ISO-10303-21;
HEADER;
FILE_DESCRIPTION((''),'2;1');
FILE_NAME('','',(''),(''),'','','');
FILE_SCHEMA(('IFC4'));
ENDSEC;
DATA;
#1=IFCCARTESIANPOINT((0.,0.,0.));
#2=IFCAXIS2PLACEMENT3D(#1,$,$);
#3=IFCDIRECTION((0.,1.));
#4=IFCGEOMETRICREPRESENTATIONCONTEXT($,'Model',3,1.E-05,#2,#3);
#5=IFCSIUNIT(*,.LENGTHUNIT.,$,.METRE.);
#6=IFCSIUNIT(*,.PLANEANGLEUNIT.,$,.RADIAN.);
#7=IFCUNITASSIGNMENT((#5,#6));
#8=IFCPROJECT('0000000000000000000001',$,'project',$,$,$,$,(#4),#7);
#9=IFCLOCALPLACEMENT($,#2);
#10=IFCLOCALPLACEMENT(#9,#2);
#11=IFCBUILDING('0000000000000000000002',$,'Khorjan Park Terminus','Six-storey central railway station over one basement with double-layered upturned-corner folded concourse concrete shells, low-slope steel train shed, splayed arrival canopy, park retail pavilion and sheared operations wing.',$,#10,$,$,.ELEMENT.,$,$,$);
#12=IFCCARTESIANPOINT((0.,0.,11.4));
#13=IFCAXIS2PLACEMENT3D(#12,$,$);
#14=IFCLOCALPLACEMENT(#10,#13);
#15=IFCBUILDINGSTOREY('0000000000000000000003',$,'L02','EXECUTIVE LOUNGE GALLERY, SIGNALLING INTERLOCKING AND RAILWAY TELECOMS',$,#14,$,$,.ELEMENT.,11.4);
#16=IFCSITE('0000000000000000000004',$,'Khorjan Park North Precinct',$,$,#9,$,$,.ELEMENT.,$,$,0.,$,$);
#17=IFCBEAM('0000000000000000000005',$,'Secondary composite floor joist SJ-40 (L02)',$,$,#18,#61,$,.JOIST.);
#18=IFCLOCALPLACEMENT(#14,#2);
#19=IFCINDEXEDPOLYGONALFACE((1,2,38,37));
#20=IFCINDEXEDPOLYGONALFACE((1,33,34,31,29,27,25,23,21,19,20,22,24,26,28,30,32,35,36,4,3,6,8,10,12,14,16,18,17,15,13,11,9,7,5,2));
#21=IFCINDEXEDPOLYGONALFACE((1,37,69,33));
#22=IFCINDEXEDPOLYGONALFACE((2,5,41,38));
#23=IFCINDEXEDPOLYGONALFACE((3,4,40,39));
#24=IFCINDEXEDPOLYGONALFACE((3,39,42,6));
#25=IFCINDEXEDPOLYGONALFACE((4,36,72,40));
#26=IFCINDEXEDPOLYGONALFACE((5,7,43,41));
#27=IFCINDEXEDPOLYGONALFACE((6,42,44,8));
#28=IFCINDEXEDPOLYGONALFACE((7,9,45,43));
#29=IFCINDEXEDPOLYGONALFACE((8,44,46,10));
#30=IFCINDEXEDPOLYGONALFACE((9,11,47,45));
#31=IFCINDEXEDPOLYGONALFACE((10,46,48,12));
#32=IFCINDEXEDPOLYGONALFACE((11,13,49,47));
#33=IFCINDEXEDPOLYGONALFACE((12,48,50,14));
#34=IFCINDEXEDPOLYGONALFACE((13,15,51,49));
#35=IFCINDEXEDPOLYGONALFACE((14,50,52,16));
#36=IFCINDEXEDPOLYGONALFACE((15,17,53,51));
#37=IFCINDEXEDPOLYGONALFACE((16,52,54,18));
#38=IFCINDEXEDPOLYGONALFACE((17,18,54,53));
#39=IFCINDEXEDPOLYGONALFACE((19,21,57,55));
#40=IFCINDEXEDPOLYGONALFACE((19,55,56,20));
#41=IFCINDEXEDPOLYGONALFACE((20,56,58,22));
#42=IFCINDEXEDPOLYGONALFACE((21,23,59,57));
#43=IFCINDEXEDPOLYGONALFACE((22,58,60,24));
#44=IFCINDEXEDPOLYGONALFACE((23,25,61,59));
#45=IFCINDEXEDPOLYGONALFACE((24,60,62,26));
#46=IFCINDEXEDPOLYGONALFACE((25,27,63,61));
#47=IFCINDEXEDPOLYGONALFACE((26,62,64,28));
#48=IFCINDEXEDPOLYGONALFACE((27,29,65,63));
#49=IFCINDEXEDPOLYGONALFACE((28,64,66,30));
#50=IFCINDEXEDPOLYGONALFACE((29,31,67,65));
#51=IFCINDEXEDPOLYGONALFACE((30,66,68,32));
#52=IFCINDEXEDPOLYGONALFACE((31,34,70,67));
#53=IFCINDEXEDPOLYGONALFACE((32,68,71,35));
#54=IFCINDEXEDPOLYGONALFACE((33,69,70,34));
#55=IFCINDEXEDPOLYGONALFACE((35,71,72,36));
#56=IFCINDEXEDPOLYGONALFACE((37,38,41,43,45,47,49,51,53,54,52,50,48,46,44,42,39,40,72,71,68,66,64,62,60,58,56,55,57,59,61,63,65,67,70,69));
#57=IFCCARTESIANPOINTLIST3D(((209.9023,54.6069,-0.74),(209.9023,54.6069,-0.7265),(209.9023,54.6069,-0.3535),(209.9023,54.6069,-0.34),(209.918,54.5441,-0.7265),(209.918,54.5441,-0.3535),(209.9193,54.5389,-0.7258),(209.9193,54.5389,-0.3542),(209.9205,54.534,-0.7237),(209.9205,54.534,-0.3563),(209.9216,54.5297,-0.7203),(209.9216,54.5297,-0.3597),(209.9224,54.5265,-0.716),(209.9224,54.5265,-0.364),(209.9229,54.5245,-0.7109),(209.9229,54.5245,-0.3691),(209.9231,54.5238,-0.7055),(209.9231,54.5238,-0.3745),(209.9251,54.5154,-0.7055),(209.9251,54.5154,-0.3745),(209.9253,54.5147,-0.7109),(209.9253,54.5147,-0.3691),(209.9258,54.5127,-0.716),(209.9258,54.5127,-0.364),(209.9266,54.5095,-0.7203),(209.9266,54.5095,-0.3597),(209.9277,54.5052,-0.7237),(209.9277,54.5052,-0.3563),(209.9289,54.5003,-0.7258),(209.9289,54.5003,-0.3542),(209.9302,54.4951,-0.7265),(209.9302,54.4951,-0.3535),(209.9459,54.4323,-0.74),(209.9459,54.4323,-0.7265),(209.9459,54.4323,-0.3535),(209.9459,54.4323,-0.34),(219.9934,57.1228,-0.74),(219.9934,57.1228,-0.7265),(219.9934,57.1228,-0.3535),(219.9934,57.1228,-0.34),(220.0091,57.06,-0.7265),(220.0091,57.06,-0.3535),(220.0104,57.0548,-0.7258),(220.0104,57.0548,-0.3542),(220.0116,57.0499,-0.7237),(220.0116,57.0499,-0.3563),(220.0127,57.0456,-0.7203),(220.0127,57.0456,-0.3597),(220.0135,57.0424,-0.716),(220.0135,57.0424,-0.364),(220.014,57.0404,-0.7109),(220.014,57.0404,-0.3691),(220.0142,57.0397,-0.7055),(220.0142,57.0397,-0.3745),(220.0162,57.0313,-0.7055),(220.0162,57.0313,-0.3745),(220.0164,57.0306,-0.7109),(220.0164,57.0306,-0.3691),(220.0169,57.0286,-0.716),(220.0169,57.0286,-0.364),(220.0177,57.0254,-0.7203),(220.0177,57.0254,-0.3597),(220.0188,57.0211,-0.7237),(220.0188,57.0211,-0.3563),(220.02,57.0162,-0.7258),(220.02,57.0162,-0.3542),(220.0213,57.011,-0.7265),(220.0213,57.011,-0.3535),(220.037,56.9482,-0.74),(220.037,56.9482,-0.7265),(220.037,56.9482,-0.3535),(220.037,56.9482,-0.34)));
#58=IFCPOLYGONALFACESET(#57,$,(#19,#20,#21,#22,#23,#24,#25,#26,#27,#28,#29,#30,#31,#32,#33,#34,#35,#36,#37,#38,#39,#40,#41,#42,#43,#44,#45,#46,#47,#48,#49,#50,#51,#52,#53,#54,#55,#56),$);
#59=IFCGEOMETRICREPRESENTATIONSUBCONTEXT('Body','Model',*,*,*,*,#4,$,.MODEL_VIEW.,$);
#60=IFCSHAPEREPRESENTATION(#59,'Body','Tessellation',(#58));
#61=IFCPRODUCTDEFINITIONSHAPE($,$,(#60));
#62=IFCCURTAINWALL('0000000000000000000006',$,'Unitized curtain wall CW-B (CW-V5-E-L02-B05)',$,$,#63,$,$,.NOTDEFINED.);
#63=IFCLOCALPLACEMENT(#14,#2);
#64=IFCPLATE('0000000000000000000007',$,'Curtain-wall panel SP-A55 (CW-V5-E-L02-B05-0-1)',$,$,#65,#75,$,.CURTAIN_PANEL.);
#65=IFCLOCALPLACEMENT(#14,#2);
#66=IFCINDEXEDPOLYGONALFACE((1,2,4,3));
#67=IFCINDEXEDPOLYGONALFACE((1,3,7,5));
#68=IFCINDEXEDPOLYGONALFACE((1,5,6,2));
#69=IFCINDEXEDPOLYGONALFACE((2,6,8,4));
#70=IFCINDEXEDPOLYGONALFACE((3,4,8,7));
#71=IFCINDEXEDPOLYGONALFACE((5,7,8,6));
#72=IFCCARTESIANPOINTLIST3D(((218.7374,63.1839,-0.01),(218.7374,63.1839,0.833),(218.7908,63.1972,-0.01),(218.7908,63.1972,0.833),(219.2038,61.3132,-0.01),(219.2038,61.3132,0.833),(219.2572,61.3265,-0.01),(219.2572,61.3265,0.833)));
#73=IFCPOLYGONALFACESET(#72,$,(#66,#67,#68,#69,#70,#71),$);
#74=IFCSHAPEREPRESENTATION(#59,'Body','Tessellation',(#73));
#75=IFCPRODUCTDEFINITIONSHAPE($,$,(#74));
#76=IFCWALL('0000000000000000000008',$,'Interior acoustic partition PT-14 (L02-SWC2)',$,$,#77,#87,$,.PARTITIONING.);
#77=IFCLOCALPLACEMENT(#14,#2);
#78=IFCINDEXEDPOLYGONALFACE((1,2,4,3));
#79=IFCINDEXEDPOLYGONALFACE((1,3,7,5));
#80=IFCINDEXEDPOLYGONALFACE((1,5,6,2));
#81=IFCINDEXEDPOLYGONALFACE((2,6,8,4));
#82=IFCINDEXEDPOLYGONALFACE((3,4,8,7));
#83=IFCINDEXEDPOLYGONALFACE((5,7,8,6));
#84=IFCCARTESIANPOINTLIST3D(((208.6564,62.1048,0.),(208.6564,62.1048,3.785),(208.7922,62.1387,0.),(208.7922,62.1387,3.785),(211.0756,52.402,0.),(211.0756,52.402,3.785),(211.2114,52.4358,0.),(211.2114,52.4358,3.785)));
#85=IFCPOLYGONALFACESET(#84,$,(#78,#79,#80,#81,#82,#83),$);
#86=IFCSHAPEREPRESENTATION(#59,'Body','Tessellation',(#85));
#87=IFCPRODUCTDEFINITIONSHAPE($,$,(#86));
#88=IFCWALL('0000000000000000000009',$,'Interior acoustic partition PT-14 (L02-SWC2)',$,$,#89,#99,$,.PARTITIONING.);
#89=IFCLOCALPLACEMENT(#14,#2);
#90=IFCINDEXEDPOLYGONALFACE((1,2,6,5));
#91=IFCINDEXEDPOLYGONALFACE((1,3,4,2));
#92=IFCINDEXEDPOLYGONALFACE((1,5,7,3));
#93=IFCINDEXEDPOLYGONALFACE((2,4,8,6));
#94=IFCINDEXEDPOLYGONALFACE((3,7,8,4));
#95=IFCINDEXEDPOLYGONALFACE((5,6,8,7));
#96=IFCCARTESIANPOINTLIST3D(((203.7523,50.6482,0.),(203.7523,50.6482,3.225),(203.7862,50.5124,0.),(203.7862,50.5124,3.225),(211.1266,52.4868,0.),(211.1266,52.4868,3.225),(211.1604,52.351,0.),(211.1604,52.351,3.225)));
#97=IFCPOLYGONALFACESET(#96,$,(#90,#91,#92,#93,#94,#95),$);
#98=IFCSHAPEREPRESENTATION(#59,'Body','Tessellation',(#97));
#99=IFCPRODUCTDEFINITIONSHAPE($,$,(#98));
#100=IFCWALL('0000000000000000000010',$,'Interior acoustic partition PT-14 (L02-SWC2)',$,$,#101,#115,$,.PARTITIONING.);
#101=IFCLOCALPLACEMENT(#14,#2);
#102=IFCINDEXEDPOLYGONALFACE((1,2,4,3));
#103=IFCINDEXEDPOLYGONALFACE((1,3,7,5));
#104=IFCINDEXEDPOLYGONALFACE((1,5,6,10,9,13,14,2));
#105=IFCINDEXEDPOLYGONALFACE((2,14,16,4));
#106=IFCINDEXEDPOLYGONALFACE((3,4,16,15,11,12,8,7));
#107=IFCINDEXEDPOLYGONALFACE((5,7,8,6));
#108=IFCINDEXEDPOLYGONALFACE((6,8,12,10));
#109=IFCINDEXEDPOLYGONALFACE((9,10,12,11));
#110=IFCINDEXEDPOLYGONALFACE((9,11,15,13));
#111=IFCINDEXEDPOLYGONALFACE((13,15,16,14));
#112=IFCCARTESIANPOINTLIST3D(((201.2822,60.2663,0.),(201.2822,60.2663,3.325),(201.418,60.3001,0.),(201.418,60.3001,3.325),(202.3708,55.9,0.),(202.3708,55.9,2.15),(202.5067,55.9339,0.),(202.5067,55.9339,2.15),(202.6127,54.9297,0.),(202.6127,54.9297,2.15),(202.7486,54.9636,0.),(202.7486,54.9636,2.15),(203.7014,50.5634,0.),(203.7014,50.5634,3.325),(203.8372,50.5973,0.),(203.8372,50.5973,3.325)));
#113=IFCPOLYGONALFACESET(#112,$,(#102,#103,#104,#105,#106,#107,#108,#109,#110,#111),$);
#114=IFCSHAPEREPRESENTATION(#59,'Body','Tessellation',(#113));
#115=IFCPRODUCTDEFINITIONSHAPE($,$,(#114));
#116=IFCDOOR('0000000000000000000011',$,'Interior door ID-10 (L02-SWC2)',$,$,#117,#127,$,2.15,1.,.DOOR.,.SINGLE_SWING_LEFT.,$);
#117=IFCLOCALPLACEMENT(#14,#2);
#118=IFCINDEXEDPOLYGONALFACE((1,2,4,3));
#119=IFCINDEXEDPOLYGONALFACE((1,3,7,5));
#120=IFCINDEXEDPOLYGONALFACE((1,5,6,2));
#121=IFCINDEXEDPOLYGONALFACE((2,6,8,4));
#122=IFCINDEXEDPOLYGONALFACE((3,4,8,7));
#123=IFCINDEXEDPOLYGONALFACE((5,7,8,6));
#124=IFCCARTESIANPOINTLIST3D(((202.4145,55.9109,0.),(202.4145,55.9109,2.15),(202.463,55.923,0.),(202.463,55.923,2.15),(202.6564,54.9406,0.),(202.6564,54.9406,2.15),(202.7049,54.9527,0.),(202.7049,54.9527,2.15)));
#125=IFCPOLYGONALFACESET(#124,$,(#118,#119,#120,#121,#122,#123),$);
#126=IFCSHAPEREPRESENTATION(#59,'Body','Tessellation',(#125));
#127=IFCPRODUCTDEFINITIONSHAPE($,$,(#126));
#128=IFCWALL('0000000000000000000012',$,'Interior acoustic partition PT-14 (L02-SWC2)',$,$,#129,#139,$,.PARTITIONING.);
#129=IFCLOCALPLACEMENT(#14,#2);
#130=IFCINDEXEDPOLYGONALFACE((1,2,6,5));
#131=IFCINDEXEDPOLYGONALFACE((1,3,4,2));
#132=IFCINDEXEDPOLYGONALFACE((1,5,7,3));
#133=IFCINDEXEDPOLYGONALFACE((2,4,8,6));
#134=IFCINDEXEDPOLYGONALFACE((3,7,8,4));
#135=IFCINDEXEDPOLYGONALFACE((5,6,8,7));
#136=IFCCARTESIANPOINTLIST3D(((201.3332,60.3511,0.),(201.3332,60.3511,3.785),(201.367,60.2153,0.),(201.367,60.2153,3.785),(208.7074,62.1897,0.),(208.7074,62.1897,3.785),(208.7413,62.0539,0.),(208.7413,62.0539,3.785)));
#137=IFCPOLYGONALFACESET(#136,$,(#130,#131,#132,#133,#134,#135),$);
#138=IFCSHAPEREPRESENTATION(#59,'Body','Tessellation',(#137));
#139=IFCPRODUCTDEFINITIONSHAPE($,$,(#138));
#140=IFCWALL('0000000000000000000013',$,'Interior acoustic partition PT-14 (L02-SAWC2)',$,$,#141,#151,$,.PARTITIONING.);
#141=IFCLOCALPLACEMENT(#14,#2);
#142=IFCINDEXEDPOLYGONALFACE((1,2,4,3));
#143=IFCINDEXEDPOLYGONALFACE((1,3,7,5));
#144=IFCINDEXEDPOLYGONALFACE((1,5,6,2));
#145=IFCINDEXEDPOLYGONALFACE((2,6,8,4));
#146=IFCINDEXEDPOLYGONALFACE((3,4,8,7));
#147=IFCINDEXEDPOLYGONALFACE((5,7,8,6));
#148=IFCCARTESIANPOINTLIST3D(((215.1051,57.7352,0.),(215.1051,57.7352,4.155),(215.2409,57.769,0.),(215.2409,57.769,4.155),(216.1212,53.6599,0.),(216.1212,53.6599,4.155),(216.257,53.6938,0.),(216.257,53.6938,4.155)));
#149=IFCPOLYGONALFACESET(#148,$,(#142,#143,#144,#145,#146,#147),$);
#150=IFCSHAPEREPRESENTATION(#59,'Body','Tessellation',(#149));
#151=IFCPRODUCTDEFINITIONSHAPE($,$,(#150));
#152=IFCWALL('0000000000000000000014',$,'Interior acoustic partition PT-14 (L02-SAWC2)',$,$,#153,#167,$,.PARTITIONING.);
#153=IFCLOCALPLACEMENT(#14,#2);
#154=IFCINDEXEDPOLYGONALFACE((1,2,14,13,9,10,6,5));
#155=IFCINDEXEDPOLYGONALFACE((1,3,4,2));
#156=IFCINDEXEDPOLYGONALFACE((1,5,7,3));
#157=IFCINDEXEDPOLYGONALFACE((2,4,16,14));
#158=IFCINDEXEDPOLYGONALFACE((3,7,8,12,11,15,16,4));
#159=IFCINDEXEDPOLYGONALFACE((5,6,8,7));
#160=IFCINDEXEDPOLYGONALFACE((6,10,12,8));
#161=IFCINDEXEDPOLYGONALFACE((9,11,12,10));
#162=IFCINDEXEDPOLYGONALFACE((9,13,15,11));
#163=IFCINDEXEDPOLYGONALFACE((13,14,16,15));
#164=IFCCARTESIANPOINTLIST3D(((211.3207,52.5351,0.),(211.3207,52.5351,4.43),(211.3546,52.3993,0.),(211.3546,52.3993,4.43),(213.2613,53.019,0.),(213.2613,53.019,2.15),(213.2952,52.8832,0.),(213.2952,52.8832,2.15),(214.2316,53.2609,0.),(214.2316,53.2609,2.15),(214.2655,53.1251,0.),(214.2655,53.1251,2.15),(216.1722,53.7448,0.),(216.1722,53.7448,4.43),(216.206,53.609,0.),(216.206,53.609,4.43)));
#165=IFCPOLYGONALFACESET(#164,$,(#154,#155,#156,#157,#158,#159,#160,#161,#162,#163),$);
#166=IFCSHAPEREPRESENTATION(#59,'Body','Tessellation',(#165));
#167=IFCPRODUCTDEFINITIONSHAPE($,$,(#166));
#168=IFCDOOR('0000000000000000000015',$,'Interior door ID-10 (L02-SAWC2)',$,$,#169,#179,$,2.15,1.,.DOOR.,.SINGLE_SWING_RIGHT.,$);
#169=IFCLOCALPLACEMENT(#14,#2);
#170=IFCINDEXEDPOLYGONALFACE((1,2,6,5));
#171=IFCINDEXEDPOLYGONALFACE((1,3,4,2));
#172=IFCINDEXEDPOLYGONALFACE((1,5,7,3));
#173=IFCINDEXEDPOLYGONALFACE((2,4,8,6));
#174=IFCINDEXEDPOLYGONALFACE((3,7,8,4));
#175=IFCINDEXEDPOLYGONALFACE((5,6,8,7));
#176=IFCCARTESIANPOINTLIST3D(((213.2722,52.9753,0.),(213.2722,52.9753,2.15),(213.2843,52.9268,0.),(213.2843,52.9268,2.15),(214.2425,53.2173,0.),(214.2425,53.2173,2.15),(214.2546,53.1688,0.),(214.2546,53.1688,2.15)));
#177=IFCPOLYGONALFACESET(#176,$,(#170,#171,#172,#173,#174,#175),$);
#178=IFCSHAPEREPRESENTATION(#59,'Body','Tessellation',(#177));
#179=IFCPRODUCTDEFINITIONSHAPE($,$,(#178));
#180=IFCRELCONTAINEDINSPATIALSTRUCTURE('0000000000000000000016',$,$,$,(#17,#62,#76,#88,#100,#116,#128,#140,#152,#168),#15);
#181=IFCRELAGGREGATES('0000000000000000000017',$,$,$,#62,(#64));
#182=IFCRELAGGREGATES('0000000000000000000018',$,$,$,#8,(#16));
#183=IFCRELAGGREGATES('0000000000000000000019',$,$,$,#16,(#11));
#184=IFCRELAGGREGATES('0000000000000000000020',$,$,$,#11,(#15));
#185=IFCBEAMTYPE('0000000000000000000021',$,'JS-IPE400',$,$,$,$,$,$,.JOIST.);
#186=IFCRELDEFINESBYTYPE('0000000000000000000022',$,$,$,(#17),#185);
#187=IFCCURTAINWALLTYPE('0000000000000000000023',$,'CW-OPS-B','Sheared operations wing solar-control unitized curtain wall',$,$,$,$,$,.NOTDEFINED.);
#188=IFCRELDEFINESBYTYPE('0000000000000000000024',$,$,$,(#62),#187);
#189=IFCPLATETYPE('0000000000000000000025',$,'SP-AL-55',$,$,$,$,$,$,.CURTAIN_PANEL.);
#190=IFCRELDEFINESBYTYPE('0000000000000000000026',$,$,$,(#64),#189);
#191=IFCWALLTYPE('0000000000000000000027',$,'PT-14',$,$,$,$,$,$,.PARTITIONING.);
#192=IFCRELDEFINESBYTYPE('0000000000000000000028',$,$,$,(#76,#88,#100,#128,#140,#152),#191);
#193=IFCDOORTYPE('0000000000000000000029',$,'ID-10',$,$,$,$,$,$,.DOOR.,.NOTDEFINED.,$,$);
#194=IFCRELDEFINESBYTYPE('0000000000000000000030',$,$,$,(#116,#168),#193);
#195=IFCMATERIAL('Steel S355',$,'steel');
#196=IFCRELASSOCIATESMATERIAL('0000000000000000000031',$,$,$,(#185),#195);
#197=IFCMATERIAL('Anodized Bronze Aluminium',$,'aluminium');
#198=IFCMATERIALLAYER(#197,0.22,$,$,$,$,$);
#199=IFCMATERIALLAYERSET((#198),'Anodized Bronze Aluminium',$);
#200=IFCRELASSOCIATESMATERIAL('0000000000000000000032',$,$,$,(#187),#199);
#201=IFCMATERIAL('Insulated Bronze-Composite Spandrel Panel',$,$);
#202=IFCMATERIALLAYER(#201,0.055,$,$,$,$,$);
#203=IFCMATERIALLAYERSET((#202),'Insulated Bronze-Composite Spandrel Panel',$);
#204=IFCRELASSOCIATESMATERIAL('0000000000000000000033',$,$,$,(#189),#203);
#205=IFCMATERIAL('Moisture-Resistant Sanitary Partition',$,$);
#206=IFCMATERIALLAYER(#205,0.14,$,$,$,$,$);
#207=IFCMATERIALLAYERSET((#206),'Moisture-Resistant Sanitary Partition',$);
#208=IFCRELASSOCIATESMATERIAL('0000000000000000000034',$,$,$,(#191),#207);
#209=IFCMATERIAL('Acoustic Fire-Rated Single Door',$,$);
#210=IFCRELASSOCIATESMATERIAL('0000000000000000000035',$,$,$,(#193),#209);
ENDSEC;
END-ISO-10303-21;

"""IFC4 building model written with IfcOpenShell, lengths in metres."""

from ifc_helpers import new_model, si_unit, direction, frame, frame_2d, origin, origin_2d, place, context, subcontext, project, spatial, rectangle, i_section, extrude, material, layer, layer_set, material_profile, profile_set, type_object, element, fill, aggregate, save


model = new_model("IFC4")

# Units and contexts
model_context = context("Model", 3, precision=1e-05, world=origin(), true_north=direction((0.0, 1.0)))
body_context = subcontext(model_context, "Body", "Model", "MODEL_VIEW")
ifc_project = project(units=[si_unit("LENGTHUNIT", "METRE"), si_unit("PLANEANGLEUNIT", "RADIAN")], contexts=[model_context])

# Site, building, storey
site_placement = place(None, origin())
site = spatial("IfcSite", under=ifc_project, at=site_placement, Name="Khorjan Park North Precinct", CompositionType="ELEMENT", RefElevation=0.0)
building_placement = place(site_placement, origin())
building = spatial("IfcBuilding", under=site, at=building_placement, Name="Khorjan Park Terminus", Description="Six-storey central railway station over one basement with double-layered upturned-corner folded concourse concrete shells, low-slope steel train shed, splayed arrival canopy, park retail pavilion and sheared operations wing.", CompositionType="ELEMENT")
storey_placement = place(building_placement, frame((0.0, 0.0, 11.4)))
storey = spatial("IfcBuildingStorey", under=building, at=storey_placement, Name="L02", Description="EXECUTIVE LOUNGE GALLERY, SIGNALLING INTERLOCKING AND RAILWAY TELECOMS", CompositionType="ELEMENT", Elevation=11.4)

# Beam
ifc_material_1 = material(Name="Steel S355", Category="steel")
ifc_material_profile_1 = material_profile(ifc_material_1, i_section(OverallWidth=0.18, OverallDepth=0.4, WebThickness=0.0086, FlangeThickness=0.0135, FilletRadius=0.021, at=origin_2d()), Name="IPE 400")
ifc_profile_set_1 = profile_set([ifc_material_profile_1], Name="Steel S355")
beam_type_1 = type_object("IfcBeamType", Name="JS-IPE400", PredefinedType="JOIST", material=ifc_profile_set_1)
beam_1_placement = place(storey_placement, frame((209.9241, 54.5196, -0.54), z_axis=(0.970298, 0.241913, 0.0), x_axis=(-0.241913, 0.970298, 0.0)))
element("IfcBeam", 1, at=beam_1_placement, inside=storey, type_object=beam_type_1, Name="Secondary composite floor joist SJ-40 (L02)", PredefinedType="JOIST", context=body_context, shape_type="SweptSolid", body=[
    extrude(i_section(OverallWidth=0.18, OverallDepth=0.4, WebThickness=0.0086, FlangeThickness=0.0135, FilletRadius=0.021, at=origin_2d()), origin(), (0.0, 0.0, 1.0), 10.4),
])

# Curtain wall, plate
ifc_material_2 = material(Name="Anodized Bronze Aluminium", Category="aluminium")
ifc_layer_1 = layer(ifc_material_2, 0.22)
ifc_layer_set_1 = layer_set([ifc_layer_1], Name="Anodized Bronze Aluminium")
curtain_wall_type = type_object("IfcCurtainWallType", Name="CW-OPS-B", Description="Sheared operations wing solar-control unitized curtain wall", PredefinedType="NOTDEFINED", material=ifc_layer_set_1)
curtain_wall_placement = place(storey_placement, origin())
curtain_wall = element("IfcCurtainWall", 2, at=curtain_wall_placement, inside=storey, type_object=curtain_wall_type, Name="Unitized curtain wall CW-B (CW-V5-E-L02-B05)", PredefinedType="NOTDEFINED")
ifc_material_3 = material(Name="Insulated Bronze-Composite Spandrel Panel")
ifc_layer_2 = layer(ifc_material_3, 0.055)
ifc_layer_set_2 = layer_set([ifc_layer_2], Name="Insulated Bronze-Composite Spandrel Panel")
plate_type = type_object("IfcPlateType", Name="SP-AL-55", PredefinedType="CURTAIN_PANEL", material=ifc_layer_set_2)
plate_placement = place(storey_placement, frame((218.9973, 62.2552, -0.01), z_axis=(0.0, 0.0, 1.0), x_axis=(-0.241935, 0.970292, 0.0)))
plate = element("IfcPlate", 3, at=plate_placement, type_object=plate_type, Name="Curtain-wall panel SP-A55 (CW-V5-E-L02-B05-0-1)", PredefinedType="CURTAIN_PANEL", context=body_context, shape_type="SweptSolid", body=[
    extrude(rectangle(XDim=1.928, YDim=0.055, at=origin_2d()), origin(), (0.0, 0.0, 1.0), 0.843),
])
aggregate(curtain_wall, [plate])

# Walls
ifc_material_4 = material(Name="Moisture-Resistant Sanitary Partition")
ifc_layer_3 = layer(ifc_material_4, 0.14)
ifc_layer_set_3 = layer_set([ifc_layer_3], Name="Moisture-Resistant Sanitary Partition")
wall_type_1 = type_object("IfcWallType", Name="PT-14", PredefinedType="PARTITIONING", material=ifc_layer_set_3)
wall_1_placement = place(storey_placement, frame((208.7243, 62.1218, 0.0), z_axis=(0.0, 0.0, 1.0), x_axis=(0.241921, -0.970296, 0.0)))
element("IfcWall", 4, at=wall_1_placement, inside=storey, type_object=wall_type_1, Name="Interior acoustic partition PT-14 (L02-SWC2)", PredefinedType="PARTITIONING", context=body_context, shape_type="SweptSolid", body=[
    extrude(rectangle(XDim=9.9999, YDim=0.14, at=frame_2d((5.0, 0.0))), origin(), (0.0, 0.0, 1.0), 3.785),
])
wall_2_placement = place(storey_placement, frame((211.1435, 52.4189, 0.0), z_axis=(0.0, 0.0, 1.0), x_axis=(-0.970296, -0.241923, 0.0)))
element("IfcWall", 5, at=wall_2_placement, inside=storey, type_object=wall_type_1, Name="Interior acoustic partition PT-14 (L02-SWC2)", PredefinedType="PARTITIONING", context=body_context, shape_type="SweptSolid", body=[
    extrude(rectangle(XDim=7.6, YDim=0.14, at=frame_2d((3.8, 0.0))), origin(), (0.0, 0.0, 1.0), 3.225),
])

# Wall, opening, door
wall_3_placement = place(storey_placement, frame((203.7693, 50.5803, 0.0), z_axis=(0.0, 0.0, 1.0), x_axis=(-0.241921, 0.970296, 0.0)))
wall_3 = element("IfcWall", 6, at=wall_3_placement, inside=storey, type_object=wall_type_1, Name="Interior acoustic partition PT-14 (L02-SWC2)", PredefinedType="PARTITIONING", context=body_context, shape_type="SweptSolid", body=[
    extrude(rectangle(XDim=9.9999, YDim=0.14, at=frame_2d((5.0, 0.0))), origin(), (0.0, 0.0, 1.0), 3.325),
])
opening_1_placement = place(wall_3_placement, frame((4.5, 0.0, 0.0)))
opening_1 = element("IfcOpeningElement", 7, at=opening_1_placement, cuts=wall_3, PredefinedType="OPENING", context=body_context, shape_type="SweptSolid", body=[
    extrude(rectangle(XDim=1.0, YDim=2.15, at=frame_2d((0.5, 1.075))), frame((0.0, 0.08, 0.0), z_axis=(0.0, -1.0, 0.0), x_axis=(1.0, 0.0, 0.0)), (0.0, 0.0, 1.0), 0.16),
])
ifc_material_5 = material(Name="Acoustic Fire-Rated Single Door")
door_type_1 = type_object("IfcDoorType", Name="ID-10", OperationType="NOTDEFINED", PredefinedType="DOOR", material=ifc_material_5)
door_1_placement = place(opening_1_placement, origin())
door_1 = element("IfcDoor", 8, at=door_1_placement, inside=storey, type_object=door_type_1, Name="Interior door ID-10 (L02-SWC2)", OperationType="SINGLE_SWING_LEFT", OverallHeight=2.15, OverallWidth=1.0, PredefinedType="DOOR", context=body_context, shape_type="SweptSolid", body=[
    extrude(rectangle(XDim=1.0, YDim=2.15, at=frame_2d((0.5, 1.075))), frame((0.0, 0.025, 0.0), z_axis=(0.0, -1.0, 0.0), x_axis=(1.0, 0.0, 0.0)), (0.0, 0.0, 1.0), 0.05),
])
fill(opening_1, door_1)

# Walls
wall_4_placement = place(storey_placement, frame((201.3501, 60.2832, 0.0), z_axis=(0.0, 0.0, 1.0), x_axis=(0.970296, 0.241923, 0.0)))
element("IfcWall", 9, at=wall_4_placement, inside=storey, type_object=wall_type_1, Name="Interior acoustic partition PT-14 (L02-SWC2)", PredefinedType="PARTITIONING", context=body_context, shape_type="SweptSolid", body=[
    extrude(rectangle(XDim=7.6, YDim=0.14, at=frame_2d((3.8, 0.0))), origin(), (0.0, 0.0, 1.0), 3.785),
])
wall_5_placement = place(storey_placement, frame((215.173, 57.7521, 0.0), z_axis=(0.0, 0.0, 1.0), x_axis=(0.241931, -0.970294, 0.0)))
element("IfcWall", 10, at=wall_5_placement, inside=storey, type_object=wall_type_1, Name="Interior acoustic partition PT-14 (L02-SAWC2)", PredefinedType="PARTITIONING", context=body_context, shape_type="SweptSolid", body=[
    extrude(rectangle(XDim=4.2, YDim=0.14, at=frame_2d((2.1, 0.0))), origin(), (0.0, 0.0, 1.0), 4.155),
])

# Wall, opening, door
wall_6_placement = place(storey_placement, frame((216.1891, 53.6769, 0.0), z_axis=(0.0, 0.0, 1.0), x_axis=(-0.970292, -0.241938, 0.0)))
wall_6 = element("IfcWall", 11, at=wall_6_placement, inside=storey, type_object=wall_type_1, Name="Interior acoustic partition PT-14 (L02-SAWC2)", PredefinedType="PARTITIONING", context=body_context, shape_type="SweptSolid", body=[
    extrude(rectangle(XDim=5.0, YDim=0.14, at=frame_2d((2.5, 0.0))), origin(), (0.0, 0.0, 1.0), 4.43),
])
opening_2_placement = place(wall_6_placement, frame((2.0, 0.0, 0.0)))
opening_2 = element("IfcOpeningElement", 12, at=opening_2_placement, cuts=wall_6, PredefinedType="OPENING", context=body_context, shape_type="SweptSolid", body=[
    extrude(rectangle(XDim=1.0, YDim=2.15, at=frame_2d((0.5, 1.075))), frame((0.0, 0.08, 0.0), z_axis=(0.0, -1.0, 0.0), x_axis=(1.0, 0.0, 0.0)), (0.0, 0.0, 1.0), 0.16),
])
door_2_placement = place(opening_2_placement, origin())
door_2 = element("IfcDoor", 13, at=door_2_placement, inside=storey, type_object=door_type_1, Name="Interior door ID-10 (L02-SAWC2)", OperationType="SINGLE_SWING_RIGHT", OverallHeight=2.15, OverallWidth=1.0, PredefinedType="DOOR", context=body_context, shape_type="SweptSolid", body=[
    extrude(rectangle(XDim=1.0, YDim=2.15, at=frame_2d((0.5, 1.075))), frame((0.0, 0.025, 0.0), z_axis=(0.0, -1.0, 0.0), x_axis=(1.0, 0.0, 0.0)), (0.0, 0.0, 1.0), 0.05),
])
fill(opening_2, door_2)

save(model, "model.ifc")
